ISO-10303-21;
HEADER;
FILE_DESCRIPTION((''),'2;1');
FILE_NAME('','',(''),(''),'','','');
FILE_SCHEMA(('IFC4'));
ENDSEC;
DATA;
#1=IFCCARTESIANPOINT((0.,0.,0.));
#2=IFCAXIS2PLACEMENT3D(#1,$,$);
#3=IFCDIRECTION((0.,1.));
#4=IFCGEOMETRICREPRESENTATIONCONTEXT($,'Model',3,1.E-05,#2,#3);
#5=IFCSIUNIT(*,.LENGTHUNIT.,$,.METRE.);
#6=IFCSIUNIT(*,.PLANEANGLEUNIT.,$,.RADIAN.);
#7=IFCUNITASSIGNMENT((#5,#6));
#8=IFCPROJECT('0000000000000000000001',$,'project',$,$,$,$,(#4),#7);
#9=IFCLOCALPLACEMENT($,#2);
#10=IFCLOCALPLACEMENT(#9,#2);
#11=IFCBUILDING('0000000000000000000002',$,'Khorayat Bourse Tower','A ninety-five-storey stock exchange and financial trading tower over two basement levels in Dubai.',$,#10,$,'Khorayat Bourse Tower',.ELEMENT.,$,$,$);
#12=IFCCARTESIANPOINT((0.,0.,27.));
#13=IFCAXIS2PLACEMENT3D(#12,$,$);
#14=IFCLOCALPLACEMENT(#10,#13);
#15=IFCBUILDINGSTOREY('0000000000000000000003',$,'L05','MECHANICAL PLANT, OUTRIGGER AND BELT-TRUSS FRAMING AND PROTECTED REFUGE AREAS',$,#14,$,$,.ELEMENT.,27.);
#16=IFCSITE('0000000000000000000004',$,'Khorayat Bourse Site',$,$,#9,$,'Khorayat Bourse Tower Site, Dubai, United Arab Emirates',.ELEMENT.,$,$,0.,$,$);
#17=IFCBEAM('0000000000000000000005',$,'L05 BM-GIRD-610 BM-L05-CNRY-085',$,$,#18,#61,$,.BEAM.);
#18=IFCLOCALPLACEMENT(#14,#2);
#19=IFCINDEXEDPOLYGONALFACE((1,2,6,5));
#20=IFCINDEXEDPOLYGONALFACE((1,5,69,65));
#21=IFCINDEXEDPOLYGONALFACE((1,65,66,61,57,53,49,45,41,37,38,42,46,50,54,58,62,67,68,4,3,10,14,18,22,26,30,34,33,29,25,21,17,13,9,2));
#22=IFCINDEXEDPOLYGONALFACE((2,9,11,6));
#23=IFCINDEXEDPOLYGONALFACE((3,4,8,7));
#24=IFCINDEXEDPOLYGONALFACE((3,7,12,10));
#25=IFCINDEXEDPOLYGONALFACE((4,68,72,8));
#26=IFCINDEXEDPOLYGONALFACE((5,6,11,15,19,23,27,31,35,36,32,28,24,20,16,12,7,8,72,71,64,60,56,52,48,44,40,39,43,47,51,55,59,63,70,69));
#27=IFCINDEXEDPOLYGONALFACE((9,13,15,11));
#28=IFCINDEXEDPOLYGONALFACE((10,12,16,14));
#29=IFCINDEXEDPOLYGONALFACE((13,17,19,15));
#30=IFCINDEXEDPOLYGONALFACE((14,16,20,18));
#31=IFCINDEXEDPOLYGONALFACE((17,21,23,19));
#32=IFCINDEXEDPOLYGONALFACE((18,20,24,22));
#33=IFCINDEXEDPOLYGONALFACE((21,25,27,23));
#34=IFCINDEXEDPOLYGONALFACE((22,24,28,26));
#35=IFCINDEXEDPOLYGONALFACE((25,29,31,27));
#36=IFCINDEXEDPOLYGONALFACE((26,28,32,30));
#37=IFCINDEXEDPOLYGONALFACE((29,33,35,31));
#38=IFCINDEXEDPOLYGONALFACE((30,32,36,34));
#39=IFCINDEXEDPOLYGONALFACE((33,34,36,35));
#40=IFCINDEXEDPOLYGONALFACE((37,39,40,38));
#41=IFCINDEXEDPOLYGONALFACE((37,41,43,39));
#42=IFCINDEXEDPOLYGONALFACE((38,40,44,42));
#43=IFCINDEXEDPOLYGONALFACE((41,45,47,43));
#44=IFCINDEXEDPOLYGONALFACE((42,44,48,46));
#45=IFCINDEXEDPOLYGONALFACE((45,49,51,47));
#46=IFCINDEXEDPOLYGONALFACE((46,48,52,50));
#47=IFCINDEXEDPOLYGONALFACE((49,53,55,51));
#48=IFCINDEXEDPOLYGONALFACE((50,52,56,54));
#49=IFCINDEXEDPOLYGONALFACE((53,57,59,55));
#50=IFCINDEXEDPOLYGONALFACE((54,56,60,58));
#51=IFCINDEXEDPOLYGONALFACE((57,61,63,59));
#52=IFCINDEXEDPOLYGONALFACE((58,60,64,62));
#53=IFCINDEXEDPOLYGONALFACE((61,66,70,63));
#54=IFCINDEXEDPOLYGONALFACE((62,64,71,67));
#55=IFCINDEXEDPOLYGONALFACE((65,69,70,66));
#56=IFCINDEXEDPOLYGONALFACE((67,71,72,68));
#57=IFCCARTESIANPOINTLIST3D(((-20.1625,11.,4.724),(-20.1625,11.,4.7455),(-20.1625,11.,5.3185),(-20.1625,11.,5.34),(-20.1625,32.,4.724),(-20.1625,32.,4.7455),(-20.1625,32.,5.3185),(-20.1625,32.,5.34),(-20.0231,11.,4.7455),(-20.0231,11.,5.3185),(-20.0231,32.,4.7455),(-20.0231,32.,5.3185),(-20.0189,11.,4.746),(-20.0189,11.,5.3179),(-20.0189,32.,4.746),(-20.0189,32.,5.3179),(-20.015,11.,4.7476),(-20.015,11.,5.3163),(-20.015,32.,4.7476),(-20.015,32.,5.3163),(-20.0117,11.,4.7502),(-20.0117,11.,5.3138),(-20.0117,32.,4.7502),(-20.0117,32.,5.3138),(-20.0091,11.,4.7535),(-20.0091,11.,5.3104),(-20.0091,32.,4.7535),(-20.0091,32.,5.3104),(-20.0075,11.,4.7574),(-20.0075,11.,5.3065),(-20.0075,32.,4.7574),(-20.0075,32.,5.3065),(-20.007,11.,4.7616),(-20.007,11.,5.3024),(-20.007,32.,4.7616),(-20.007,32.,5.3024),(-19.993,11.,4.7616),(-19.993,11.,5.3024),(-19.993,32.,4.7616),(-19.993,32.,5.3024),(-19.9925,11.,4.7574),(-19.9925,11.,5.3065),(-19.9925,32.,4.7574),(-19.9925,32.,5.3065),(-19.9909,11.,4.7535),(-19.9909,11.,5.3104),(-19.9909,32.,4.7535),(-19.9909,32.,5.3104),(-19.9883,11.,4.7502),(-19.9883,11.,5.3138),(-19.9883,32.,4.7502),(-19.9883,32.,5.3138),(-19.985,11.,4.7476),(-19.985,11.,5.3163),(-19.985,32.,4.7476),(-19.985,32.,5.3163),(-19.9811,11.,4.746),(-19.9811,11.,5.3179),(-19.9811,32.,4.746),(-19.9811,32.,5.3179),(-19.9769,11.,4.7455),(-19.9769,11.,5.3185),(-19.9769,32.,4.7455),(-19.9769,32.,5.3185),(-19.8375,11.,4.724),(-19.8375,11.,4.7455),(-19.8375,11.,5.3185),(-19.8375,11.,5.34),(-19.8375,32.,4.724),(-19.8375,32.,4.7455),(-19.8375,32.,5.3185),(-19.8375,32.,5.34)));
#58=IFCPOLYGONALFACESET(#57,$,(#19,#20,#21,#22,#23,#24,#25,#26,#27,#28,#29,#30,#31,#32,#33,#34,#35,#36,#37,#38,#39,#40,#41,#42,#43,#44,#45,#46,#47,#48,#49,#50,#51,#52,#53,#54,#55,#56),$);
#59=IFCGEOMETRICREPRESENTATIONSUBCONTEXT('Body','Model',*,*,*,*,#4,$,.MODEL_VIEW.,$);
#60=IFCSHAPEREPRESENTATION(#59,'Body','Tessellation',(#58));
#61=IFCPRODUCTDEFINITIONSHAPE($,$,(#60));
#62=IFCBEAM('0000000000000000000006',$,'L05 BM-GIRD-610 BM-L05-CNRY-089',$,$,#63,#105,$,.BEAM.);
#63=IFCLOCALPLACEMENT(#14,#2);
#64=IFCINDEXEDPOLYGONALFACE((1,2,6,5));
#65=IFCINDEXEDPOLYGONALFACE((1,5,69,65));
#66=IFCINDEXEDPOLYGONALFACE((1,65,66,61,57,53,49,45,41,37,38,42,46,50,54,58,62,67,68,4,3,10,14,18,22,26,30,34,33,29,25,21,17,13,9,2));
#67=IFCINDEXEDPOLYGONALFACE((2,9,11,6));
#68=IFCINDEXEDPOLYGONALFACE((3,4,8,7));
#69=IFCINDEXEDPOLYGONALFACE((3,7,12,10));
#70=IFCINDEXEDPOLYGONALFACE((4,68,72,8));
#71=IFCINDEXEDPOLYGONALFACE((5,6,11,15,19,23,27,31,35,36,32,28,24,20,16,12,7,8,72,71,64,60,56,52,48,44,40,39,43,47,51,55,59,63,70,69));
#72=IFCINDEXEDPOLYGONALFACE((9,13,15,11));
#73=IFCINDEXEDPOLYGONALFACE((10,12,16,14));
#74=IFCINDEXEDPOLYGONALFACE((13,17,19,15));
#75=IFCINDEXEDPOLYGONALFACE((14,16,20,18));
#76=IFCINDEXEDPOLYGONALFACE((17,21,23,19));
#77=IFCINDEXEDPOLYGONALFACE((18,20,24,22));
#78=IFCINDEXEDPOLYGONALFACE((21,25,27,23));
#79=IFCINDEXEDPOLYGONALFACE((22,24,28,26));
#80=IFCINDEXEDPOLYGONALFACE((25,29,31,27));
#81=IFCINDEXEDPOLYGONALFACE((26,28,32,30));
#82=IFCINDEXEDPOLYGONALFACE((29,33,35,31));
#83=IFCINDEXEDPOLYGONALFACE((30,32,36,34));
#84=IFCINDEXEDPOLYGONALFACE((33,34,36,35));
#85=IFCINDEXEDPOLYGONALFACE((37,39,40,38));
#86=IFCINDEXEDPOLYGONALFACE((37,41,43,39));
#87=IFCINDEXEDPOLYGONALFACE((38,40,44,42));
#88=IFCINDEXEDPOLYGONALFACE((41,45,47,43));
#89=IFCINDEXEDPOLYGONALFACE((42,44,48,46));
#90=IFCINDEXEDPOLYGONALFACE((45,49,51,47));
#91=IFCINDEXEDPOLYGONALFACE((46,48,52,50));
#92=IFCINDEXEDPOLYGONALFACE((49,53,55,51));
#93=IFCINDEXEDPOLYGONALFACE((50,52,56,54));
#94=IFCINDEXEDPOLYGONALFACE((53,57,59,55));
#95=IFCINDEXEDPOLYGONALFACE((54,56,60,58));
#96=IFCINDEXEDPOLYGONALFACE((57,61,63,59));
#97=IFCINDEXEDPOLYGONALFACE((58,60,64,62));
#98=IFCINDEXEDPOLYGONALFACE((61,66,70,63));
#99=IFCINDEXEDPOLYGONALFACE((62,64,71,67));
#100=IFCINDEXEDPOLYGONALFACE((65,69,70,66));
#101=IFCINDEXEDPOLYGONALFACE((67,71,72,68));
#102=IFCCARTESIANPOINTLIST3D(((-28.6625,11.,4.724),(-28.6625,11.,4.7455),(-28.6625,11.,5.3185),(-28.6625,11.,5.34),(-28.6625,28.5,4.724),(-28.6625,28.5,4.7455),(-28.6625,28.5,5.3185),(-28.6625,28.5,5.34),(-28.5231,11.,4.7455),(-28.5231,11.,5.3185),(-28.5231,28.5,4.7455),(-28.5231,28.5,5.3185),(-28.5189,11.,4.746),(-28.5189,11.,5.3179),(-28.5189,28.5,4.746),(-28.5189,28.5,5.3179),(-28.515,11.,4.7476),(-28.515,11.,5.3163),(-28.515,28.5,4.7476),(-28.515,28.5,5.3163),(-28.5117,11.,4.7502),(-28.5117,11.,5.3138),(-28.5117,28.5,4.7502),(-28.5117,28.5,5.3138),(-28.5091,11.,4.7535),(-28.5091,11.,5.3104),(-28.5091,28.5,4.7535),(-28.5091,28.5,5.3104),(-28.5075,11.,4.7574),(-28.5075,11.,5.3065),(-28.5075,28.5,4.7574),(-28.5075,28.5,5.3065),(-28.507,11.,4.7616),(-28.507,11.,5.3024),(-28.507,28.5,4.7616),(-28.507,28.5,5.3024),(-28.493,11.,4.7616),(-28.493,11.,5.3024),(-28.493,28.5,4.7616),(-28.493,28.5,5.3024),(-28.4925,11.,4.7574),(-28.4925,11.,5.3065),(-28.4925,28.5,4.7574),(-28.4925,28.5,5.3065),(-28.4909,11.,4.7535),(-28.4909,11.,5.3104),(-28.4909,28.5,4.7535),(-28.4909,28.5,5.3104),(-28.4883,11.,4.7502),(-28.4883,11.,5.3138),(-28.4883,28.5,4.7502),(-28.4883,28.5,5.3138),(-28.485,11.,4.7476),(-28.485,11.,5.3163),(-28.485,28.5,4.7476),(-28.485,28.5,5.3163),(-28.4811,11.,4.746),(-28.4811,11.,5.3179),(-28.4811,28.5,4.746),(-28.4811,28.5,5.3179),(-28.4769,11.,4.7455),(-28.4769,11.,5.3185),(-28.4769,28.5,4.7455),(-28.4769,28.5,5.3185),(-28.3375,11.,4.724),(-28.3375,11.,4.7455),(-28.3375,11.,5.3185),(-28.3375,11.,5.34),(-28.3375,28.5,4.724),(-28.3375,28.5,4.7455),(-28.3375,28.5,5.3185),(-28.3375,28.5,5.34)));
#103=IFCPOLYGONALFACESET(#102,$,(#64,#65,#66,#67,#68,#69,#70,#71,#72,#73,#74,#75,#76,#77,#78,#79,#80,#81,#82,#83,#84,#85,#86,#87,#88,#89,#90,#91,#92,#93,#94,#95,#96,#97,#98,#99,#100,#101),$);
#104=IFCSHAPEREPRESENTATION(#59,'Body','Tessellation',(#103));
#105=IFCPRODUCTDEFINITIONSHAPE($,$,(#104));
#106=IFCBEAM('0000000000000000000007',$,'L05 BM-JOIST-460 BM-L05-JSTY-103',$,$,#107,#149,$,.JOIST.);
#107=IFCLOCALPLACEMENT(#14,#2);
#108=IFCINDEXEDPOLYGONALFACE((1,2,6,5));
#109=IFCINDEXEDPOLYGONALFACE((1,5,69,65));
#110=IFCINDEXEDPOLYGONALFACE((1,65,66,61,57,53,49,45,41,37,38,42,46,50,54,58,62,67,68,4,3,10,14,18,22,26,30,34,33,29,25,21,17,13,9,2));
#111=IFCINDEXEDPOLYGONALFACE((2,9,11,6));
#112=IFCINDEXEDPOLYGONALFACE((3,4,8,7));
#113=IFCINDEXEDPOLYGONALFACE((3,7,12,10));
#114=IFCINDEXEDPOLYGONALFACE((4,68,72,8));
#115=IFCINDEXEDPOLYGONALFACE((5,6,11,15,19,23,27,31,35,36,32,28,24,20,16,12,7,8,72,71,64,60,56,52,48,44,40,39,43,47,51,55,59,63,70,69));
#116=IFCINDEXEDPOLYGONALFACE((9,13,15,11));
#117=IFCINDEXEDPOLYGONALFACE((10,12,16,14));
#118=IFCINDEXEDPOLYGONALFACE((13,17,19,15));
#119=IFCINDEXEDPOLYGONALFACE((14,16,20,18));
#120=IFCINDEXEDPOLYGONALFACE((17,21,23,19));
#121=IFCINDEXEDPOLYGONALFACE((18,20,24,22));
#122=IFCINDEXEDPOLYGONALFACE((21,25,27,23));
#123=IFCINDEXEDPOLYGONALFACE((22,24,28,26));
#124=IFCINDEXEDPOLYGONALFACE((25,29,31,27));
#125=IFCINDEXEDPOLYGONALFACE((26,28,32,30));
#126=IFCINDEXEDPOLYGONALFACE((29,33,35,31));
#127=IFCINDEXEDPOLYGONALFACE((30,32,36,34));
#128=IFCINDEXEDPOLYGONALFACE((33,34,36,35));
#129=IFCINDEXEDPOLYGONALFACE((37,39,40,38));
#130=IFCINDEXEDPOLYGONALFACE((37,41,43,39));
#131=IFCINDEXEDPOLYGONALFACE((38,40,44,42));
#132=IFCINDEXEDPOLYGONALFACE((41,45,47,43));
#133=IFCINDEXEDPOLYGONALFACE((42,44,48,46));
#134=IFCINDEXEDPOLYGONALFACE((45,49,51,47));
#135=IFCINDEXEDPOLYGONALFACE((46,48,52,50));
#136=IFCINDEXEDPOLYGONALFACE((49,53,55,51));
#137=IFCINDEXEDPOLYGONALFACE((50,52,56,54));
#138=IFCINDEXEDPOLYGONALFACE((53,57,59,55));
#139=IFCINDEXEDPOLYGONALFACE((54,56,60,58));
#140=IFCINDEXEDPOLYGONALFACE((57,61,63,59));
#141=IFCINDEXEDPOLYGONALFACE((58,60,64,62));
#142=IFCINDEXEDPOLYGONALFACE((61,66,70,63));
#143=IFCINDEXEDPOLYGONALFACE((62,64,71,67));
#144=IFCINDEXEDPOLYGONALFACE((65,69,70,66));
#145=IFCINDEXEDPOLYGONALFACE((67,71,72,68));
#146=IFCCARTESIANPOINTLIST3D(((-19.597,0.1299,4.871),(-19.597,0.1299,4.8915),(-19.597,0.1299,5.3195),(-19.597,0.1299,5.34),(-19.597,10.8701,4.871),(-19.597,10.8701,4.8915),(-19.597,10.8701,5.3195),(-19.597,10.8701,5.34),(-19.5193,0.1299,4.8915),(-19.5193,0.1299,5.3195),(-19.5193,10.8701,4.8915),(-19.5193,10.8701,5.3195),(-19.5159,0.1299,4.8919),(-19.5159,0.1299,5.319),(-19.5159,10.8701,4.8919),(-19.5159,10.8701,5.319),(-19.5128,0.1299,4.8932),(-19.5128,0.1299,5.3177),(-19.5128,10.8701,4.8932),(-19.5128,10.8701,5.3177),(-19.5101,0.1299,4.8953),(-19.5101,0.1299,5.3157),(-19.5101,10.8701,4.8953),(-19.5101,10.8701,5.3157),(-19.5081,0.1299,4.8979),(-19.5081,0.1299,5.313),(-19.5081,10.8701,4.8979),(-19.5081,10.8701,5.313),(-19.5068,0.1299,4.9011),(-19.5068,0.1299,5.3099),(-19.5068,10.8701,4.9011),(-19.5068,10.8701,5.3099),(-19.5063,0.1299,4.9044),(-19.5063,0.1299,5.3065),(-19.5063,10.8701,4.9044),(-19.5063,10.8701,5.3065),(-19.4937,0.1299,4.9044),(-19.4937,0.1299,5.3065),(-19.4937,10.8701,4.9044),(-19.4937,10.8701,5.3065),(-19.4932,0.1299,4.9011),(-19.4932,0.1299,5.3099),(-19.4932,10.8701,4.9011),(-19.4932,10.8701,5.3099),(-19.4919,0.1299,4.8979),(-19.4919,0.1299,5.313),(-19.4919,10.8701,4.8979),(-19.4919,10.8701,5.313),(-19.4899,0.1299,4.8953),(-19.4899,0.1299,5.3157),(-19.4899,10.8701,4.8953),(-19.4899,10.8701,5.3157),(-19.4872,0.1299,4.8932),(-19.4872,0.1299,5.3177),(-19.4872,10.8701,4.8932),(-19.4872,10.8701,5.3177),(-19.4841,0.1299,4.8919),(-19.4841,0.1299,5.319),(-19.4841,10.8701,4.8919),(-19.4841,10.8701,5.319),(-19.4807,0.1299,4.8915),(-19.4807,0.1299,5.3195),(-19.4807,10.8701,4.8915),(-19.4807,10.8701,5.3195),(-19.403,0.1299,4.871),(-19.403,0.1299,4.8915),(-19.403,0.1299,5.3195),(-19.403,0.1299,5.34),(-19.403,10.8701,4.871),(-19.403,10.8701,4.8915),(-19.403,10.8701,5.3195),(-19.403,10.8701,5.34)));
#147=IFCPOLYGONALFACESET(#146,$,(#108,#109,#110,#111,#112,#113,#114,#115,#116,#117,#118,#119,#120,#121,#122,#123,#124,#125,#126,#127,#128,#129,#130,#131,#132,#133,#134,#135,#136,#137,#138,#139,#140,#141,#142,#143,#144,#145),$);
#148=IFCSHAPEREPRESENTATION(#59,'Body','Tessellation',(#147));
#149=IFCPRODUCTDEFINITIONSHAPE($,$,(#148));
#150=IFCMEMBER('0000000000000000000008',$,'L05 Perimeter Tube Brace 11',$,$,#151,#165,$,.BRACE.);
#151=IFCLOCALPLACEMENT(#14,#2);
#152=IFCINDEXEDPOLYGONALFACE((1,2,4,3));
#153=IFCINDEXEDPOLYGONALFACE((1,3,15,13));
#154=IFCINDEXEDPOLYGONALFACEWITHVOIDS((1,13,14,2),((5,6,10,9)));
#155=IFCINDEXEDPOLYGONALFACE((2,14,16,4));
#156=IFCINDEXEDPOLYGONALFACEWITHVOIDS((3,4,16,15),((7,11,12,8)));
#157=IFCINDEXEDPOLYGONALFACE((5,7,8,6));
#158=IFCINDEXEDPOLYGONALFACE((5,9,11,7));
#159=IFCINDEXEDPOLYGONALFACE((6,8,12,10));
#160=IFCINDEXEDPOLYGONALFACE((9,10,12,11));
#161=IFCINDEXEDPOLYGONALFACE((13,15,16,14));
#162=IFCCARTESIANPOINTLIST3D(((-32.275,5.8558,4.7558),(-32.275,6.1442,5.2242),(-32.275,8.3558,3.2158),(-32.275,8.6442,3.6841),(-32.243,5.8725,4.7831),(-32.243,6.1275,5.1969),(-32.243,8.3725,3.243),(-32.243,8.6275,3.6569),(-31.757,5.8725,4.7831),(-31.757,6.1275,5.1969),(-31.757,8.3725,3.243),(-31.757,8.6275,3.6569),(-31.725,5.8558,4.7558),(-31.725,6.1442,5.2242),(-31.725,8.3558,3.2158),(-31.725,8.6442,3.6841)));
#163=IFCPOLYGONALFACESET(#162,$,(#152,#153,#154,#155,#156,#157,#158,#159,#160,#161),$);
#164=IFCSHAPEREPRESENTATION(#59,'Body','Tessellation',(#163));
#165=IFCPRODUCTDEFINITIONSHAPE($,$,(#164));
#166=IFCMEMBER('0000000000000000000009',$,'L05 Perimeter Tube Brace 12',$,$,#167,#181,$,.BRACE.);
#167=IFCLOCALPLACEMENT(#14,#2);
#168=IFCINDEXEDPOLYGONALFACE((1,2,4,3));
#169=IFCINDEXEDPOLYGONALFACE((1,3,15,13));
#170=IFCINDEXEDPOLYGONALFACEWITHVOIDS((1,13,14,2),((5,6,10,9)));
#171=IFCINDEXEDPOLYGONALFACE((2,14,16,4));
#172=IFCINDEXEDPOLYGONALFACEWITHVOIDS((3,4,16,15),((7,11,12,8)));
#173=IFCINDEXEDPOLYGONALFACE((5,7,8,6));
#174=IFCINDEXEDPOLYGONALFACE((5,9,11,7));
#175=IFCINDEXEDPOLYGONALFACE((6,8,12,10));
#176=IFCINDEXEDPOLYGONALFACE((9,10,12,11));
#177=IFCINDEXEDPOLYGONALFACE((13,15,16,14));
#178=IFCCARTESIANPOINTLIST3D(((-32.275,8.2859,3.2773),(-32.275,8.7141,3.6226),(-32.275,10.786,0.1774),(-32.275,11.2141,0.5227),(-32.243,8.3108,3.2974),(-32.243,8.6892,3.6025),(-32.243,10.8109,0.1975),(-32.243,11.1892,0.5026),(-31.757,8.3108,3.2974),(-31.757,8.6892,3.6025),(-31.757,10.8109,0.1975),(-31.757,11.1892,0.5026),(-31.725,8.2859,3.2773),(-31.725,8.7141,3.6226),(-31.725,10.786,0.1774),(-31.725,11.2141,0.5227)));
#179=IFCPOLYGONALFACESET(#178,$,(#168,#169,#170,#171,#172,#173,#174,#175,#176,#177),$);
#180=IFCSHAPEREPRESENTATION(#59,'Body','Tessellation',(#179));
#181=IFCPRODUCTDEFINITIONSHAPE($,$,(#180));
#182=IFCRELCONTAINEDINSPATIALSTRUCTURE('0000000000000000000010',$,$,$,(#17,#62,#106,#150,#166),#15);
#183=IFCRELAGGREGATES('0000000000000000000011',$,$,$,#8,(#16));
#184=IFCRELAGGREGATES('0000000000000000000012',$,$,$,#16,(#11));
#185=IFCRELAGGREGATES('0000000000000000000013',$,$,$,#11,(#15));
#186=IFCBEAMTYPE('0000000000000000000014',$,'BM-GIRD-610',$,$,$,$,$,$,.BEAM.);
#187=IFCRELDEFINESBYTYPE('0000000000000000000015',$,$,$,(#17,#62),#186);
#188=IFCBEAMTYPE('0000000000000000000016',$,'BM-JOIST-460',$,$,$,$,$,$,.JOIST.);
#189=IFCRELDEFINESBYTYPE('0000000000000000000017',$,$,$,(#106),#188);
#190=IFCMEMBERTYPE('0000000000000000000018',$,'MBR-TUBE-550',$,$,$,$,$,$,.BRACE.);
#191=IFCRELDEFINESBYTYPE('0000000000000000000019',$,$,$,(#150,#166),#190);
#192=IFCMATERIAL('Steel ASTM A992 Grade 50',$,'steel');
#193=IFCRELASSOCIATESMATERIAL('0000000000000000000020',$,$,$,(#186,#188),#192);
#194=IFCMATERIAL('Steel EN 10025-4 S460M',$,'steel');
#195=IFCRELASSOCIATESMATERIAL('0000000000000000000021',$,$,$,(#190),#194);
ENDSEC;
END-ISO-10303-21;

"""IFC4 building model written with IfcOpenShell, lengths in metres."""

from ifc_helpers import new_model, si_unit, direction, frame, origin, origin_2d, place, context, subcontext, project, spatial, hollow_rectangle, i_section, extrude, source, transform, mapped, material, material_profile, profile_set, type_object, element, save


model = new_model("IFC4")

# Units and contexts
model_context = context("Model", 3, precision=1e-05, world=origin(), true_north=direction((0.0, 1.0)))
body_context = subcontext(model_context, "Body", "Model", "MODEL_VIEW")
ifc_project = project(units=[si_unit("LENGTHUNIT", "METRE"), si_unit("PLANEANGLEUNIT", "RADIAN")], contexts=[model_context])

# Site, building, storey
site_placement = place(None, origin())
site = spatial("IfcSite", under=ifc_project, at=site_placement, Name="Khorayat Bourse Site", LongName="Khorayat Bourse Tower Site, Dubai, United Arab Emirates", CompositionType="ELEMENT", RefElevation=0.0)
building_placement = place(site_placement, origin())
building = spatial("IfcBuilding", under=site, at=building_placement, Name="Khorayat Bourse Tower", Description="A ninety-five-storey stock exchange and financial trading tower over two basement levels in Dubai.", LongName="Khorayat Bourse Tower", CompositionType="ELEMENT")
storey_placement = place(building_placement, frame((0.0, 0.0, 27.0)))
storey = spatial("IfcBuildingStorey", under=building, at=storey_placement, Name="L05", Description="MECHANICAL PLANT, OUTRIGGER AND BELT-TRUSS FRAMING AND PROTECTED REFUGE AREAS", CompositionType="ELEMENT", Elevation=27.0)

# Shared definitions
ifc_material_1 = material(Name="Steel EN 10025-4 S460M", Category="steel")

# Beams
ifc_material_2 = material(Name="Steel ASTM A992 Grade 50", Category="steel")
ifc_material_profile_1 = material_profile(ifc_material_2, i_section(OverallWidth=0.325, OverallDepth=0.616, WebThickness=0.0139, FlangeThickness=0.0215, FilletRadius=0.0161, at=origin_2d()), Name="W610X174")
ifc_profile_set_1 = profile_set([ifc_material_profile_1], Name="Steel ASTM A992 Grade 50")
beam_type_1 = type_object("IfcBeamType", Name="BM-GIRD-610", PredefinedType="BEAM", material=ifc_profile_set_1)
shared_shape_1 = source(origin(), body_context, "Body", "SweptSolid", [
    extrude(i_section(OverallWidth=0.325, OverallDepth=0.616, WebThickness=0.0139, FlangeThickness=0.0215, FilletRadius=0.0161, at=origin_2d()), origin(), (0.0, 0.0, 1.0), 21.0),
])
beam_1_placement = place(storey_placement, frame((-20.0, 11.0, 5.032), z_axis=(0.0, 1.0, 0.0), x_axis=(-1.0, 0.0, 0.0)))
element("IfcBeam", 1, at=beam_1_placement, inside=storey, type_object=beam_type_1, Name="L05 BM-GIRD-610 BM-L05-CNRY-085", PredefinedType="BEAM", context=body_context, shape_type="MappedRepresentation", body=[
    mapped(shared_shape_1, transform((0.0, 0.0, 0.0), scale=1.0)),
])
shared_shape_2 = source(origin(), body_context, "Body", "SweptSolid", [
    extrude(i_section(OverallWidth=0.325, OverallDepth=0.616, WebThickness=0.0139, FlangeThickness=0.0215, FilletRadius=0.0161, at=origin_2d()), origin(), (0.0, 0.0, 1.0), 17.5),
])
beam_2_placement = place(storey_placement, frame((-28.5, 11.0, 5.032), z_axis=(0.0, 1.0, 0.0), x_axis=(-1.0, 0.0, 0.0)))
element("IfcBeam", 2, at=beam_2_placement, inside=storey, type_object=beam_type_1, Name="L05 BM-GIRD-610 BM-L05-CNRY-089", PredefinedType="BEAM", context=body_context, shape_type="MappedRepresentation", body=[
    mapped(shared_shape_2, transform((0.0, 0.0, 0.0), scale=1.0)),
])
ifc_material_profile_2 = material_profile(ifc_material_2, i_section(OverallWidth=0.1941, OverallDepth=0.469, WebThickness=0.0127, FlangeThickness=0.0205, FilletRadius=0.0129, at=origin_2d()), Name="W460X106")
ifc_profile_set_2 = profile_set([ifc_material_profile_2], Name="Steel ASTM A992 Grade 50")
beam_type_2 = type_object("IfcBeamType", Name="BM-JOIST-460", PredefinedType="JOIST", material=ifc_profile_set_2)
shared_shape_3 = source(origin(), body_context, "Body", "SweptSolid", [
    extrude(i_section(OverallWidth=0.1941, OverallDepth=0.469, WebThickness=0.0127, FlangeThickness=0.0205, FilletRadius=0.0129, at=origin_2d()), origin(), (0.0, 0.0, 1.0), 10.7402),
])
beam_3_placement = place(storey_placement, frame((-19.5, 0.1299, 5.1055), z_axis=(0.0, 1.0, 0.0), x_axis=(-1.0, 0.0, 0.0)))
element("IfcBeam", 3, at=beam_3_placement, inside=storey, type_object=beam_type_2, Name="L05 BM-JOIST-460 BM-L05-JSTY-103", PredefinedType="JOIST", context=body_context, shape_type="MappedRepresentation", body=[
    mapped(shared_shape_3, transform((0.0, 0.0, 0.0), scale=1.0)),
])

# Members
ifc_material_profile_3 = material_profile(ifc_material_1, hollow_rectangle(XDim=0.55, YDim=0.55, WallThickness=0.032, at=origin_2d()), Name="HSS 550x550x32")
ifc_profile_set_3 = profile_set([ifc_material_profile_3], Name="Steel EN 10025-4 S460M")
member_type = type_object("IfcMemberType", Name="MBR-TUBE-550", PredefinedType="BRACE", material=ifc_profile_set_3)
shared_shape_4 = source(origin(), body_context, "Body", "SweptSolid", [
    extrude(hollow_rectangle(XDim=0.55, YDim=0.55, WallThickness=0.032, at=origin_2d()), origin(), (0.0, 0.0, 1.0), 2.9363),
])
member_1_placement = place(storey_placement, frame((-32.0, 6.0, 4.99), z_axis=(0.0, 0.851418, -0.524487), x_axis=(-1.0, 0.0, 0.0)))
element("IfcMember", 4, at=member_1_placement, inside=storey, type_object=member_type, Name="L05 Perimeter Tube Brace 11", PredefinedType="BRACE", context=body_context, shape_type="MappedRepresentation", body=[
    mapped(shared_shape_4, transform((0.0, 0.0, 0.0), scale=1.0)),
])
shared_shape_5 = source(origin(), body_context, "Body", "SweptSolid", [
    extrude(hollow_rectangle(XDim=0.55, YDim=0.55, WallThickness=0.032, at=origin_2d()), origin(), (0.0, 0.0, 1.0), 3.9824),
])
member_2_placement = place(storey_placement, frame((-32.0, 8.5, 3.45), z_axis=(0.0, 0.62777, -0.778399), x_axis=(-1.0, 0.0, 0.0)))
element("IfcMember", 5, at=member_2_placement, inside=storey, type_object=member_type, Name="L05 Perimeter Tube Brace 12", PredefinedType="BRACE", context=body_context, shape_type="MappedRepresentation", body=[
    mapped(shared_shape_5, transform((0.0, 0.0, 0.0), scale=1.0)),
])

save(model, "model.ifc")
